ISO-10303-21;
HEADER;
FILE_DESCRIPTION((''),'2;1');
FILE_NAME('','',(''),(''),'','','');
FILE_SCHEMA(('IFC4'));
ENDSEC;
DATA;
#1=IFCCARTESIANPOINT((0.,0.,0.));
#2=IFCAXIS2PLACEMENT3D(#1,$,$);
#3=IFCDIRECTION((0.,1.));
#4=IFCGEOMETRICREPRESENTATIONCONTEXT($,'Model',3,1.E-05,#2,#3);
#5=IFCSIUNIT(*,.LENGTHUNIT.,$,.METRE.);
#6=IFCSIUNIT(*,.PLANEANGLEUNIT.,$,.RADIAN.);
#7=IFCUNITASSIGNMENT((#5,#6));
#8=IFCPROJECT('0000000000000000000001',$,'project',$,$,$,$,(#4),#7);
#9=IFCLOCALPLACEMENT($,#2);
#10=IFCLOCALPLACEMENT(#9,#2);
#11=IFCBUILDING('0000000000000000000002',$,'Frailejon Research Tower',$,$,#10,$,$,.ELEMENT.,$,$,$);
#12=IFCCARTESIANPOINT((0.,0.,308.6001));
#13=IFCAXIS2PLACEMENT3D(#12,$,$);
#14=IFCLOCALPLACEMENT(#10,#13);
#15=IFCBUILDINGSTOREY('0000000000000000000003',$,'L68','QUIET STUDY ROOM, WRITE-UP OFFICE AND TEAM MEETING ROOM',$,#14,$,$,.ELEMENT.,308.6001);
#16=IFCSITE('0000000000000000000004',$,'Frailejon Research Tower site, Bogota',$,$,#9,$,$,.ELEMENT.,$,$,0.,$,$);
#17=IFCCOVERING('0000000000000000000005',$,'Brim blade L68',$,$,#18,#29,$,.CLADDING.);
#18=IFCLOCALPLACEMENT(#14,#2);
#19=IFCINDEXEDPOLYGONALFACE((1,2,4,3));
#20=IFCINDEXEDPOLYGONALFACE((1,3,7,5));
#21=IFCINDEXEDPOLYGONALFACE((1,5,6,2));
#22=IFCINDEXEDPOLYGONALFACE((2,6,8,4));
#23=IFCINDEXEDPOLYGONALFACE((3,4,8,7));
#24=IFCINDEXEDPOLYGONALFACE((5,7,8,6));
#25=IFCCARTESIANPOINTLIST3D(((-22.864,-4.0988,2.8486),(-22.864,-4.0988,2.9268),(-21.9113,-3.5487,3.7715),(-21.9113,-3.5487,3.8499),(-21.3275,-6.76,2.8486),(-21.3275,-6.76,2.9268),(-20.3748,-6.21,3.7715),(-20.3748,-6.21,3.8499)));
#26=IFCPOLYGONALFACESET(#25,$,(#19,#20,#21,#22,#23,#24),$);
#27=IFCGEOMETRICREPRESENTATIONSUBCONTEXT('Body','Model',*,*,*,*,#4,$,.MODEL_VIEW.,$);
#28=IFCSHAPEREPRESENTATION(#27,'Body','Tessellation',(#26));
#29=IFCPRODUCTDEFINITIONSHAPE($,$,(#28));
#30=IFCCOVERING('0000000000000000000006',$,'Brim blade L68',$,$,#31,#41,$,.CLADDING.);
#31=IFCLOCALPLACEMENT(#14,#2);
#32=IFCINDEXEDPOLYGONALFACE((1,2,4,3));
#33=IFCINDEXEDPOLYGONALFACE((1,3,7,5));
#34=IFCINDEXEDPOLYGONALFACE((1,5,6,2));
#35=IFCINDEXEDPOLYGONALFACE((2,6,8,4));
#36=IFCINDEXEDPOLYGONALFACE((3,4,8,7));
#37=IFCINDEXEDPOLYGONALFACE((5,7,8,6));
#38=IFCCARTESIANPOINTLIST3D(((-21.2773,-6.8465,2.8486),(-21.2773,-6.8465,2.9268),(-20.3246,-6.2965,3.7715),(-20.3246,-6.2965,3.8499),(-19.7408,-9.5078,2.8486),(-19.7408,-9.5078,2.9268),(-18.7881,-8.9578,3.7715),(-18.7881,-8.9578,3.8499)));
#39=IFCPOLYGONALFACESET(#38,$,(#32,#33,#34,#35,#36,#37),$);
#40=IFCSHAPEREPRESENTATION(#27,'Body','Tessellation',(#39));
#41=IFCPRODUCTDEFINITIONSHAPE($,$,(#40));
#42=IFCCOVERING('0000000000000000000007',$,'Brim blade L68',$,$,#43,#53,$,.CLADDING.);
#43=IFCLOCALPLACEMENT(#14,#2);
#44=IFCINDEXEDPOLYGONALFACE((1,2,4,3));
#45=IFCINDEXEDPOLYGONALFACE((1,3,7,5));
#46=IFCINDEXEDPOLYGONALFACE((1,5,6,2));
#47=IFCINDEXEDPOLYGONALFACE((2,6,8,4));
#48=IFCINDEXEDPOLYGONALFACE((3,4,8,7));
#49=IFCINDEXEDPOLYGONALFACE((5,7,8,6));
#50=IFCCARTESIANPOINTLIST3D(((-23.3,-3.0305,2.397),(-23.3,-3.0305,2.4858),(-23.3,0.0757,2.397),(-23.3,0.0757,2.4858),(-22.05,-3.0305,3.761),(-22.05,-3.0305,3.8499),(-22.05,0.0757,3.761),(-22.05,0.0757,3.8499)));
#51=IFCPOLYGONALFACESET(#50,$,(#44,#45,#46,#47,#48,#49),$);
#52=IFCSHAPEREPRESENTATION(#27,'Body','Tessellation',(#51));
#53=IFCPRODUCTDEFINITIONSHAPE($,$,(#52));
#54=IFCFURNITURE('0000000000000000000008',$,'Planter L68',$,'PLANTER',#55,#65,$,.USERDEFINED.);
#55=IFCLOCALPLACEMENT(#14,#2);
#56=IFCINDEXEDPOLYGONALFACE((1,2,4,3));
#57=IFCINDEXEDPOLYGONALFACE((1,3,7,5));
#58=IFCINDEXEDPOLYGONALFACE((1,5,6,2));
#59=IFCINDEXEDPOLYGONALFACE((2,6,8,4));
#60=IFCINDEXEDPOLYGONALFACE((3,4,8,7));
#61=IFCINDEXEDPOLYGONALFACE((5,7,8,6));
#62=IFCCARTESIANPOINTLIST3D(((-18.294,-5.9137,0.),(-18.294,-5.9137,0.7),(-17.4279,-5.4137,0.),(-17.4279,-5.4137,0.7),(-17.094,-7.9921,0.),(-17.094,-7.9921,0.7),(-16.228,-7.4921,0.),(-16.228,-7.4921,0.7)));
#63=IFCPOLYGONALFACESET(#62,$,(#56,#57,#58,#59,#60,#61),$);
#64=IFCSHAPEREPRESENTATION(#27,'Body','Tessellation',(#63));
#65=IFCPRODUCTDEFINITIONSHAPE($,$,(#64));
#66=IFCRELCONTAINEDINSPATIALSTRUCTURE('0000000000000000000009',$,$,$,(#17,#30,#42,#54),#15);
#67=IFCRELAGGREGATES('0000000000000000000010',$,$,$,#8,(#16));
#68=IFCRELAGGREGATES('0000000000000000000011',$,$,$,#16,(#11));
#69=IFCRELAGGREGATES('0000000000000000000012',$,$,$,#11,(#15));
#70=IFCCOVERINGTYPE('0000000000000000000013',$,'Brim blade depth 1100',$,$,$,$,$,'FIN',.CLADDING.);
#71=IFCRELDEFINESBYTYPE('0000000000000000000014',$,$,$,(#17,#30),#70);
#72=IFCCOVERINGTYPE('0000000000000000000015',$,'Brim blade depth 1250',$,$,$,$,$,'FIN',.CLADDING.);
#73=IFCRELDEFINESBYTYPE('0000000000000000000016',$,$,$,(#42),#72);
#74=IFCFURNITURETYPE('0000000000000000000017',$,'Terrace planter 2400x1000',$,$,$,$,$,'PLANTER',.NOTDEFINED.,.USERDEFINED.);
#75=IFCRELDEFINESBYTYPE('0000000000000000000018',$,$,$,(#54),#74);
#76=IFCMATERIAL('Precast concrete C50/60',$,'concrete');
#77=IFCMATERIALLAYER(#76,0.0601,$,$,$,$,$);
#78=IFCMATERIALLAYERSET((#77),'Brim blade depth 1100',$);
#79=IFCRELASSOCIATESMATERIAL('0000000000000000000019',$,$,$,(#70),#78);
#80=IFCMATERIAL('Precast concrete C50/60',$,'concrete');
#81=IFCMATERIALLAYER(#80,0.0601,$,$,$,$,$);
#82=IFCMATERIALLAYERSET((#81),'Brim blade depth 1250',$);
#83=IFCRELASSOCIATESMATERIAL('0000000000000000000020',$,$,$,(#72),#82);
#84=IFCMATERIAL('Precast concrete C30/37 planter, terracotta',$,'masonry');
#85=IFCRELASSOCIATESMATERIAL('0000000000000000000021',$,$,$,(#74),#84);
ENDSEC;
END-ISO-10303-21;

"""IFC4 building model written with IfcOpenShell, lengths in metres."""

from ifc_helpers import new_model, si_unit, direction, frame, origin, origin_2d, place, context, subcontext, project, spatial, polyline, rectangle, outline, extrude, material, layer, layer_set, type_object, element, save


model = new_model("IFC4")

# Units and contexts
model_context = context("Model", 3, precision=1e-05, world=origin(), true_north=direction((0.0, 1.0)))
body_context = subcontext(model_context, "Body", "Model", "MODEL_VIEW")
ifc_project = project(units=[si_unit("LENGTHUNIT", "METRE"), si_unit("PLANEANGLEUNIT", "RADIAN")], contexts=[model_context])

# Site, building, storey
site_placement = place(None, origin())
site = spatial("IfcSite", under=ifc_project, at=site_placement, Name="Frailejon Research Tower site, Bogota", CompositionType="ELEMENT", RefElevation=0.0)
building_placement = place(site_placement, origin())
building = spatial("IfcBuilding", under=site, at=building_placement, Name="Frailejon Research Tower", CompositionType="ELEMENT")
storey_placement = place(building_placement, frame((0.0, 0.0, 308.6001)))
storey = spatial("IfcBuildingStorey", under=building, at=storey_placement, Name="L68", Description="QUIET STUDY ROOM, WRITE-UP OFFICE AND TEAM MEETING ROOM", CompositionType="ELEMENT", Elevation=308.6001)

# Coverings
ifc_material_1 = material(Name="Precast concrete C50/60", Category="concrete")
ifc_layer_1 = layer(ifc_material_1, 0.0601)
ifc_layer_set_1 = layer_set([ifc_layer_1], Name="Brim blade depth 1100")
covering_type_1 = type_object("IfcCoveringType", Name="Brim blade depth 1100", ElementType="FIN", PredefinedType="CLADDING", material=ifc_layer_set_1)
for number, where, z_axis, x_axis, name in (
    (1, (-20.3748, -6.21, 3.8499), (-0.500013, 0.866018, 0.0), (-0.866018, -0.500013, 0.0), "Brim blade L68"),
    (2, (-18.7881, -8.9578, 3.8499), (-0.5, 0.866026, 0.0), (-0.866026, -0.5, 0.0), "Brim blade L68"),
):
    element("IfcCovering", number, at=place(storey_placement, frame(where, z_axis=z_axis, x_axis=x_axis)), inside=storey, type_object=covering_type_1, Name=name, PredefinedType="CLADDING", context=body_context, shape_type="SweptSolid", body=[
        extrude(outline(polyline([(0.0, -0.0784), (1.1001, -1.0012), (1.1001, -0.9231), (0.0, 0.0), (0.0, -0.0784)])), origin(), (0.0, 0.0, 1.0), 3.073),
    ])
ifc_material_2 = material(Name="Precast concrete C50/60", Category="concrete")
ifc_layer_2 = layer(ifc_material_2, 0.0601)
ifc_layer_set_2 = layer_set([ifc_layer_2], Name="Brim blade depth 1250")
covering_type_2 = type_object("IfcCoveringType", Name="Brim blade depth 1250", ElementType="FIN", PredefinedType="CLADDING", material=ifc_layer_set_2)
covering_placement = place(storey_placement, frame((-22.05, -3.0305, 3.8499), z_axis=(0.0, 1.0, 0.0), x_axis=(-1.0, 0.0, 0.0)))
element("IfcCovering", 3, at=covering_placement, inside=storey, type_object=covering_type_2, Name="Brim blade L68", PredefinedType="CLADDING", context=body_context, shape_type="SweptSolid", body=[
    extrude(outline(polyline([(0.0, -0.0889), (1.25, -1.4529), (1.25, -1.364), (0.0, 0.0), (0.0, -0.0889)])), origin(), (0.0, 0.0, 1.0), 3.1062),
])

# Furniture
ifc_material_3 = material(Name="Precast concrete C30/37 planter, terracotta", Category="masonry")
furniture_type = type_object("IfcFurnitureType", Name="Terrace planter 2400x1000", ElementType="PLANTER", AssemblyPlace="NOTDEFINED", PredefinedType="USERDEFINED", material=ifc_material_3)
furniture_placement = place(storey_placement, frame((-17.261, -6.7029, 0.0), z_axis=(0.0, 0.0, 1.0), x_axis=(0.5, -0.866025, 0.0)))
element("IfcFurniture", 4, at=furniture_placement, inside=storey, type_object=furniture_type, Name="Planter L68", ObjectType="PLANTER", PredefinedType="USERDEFINED", context=body_context, shape_type="SweptSolid", body=[
    extrude(rectangle(XDim=2.3999, YDim=1.0, at=origin_2d()), origin(), (0.0, 0.0, 1.0), 0.7),
])

save(model, "model.ifc")
